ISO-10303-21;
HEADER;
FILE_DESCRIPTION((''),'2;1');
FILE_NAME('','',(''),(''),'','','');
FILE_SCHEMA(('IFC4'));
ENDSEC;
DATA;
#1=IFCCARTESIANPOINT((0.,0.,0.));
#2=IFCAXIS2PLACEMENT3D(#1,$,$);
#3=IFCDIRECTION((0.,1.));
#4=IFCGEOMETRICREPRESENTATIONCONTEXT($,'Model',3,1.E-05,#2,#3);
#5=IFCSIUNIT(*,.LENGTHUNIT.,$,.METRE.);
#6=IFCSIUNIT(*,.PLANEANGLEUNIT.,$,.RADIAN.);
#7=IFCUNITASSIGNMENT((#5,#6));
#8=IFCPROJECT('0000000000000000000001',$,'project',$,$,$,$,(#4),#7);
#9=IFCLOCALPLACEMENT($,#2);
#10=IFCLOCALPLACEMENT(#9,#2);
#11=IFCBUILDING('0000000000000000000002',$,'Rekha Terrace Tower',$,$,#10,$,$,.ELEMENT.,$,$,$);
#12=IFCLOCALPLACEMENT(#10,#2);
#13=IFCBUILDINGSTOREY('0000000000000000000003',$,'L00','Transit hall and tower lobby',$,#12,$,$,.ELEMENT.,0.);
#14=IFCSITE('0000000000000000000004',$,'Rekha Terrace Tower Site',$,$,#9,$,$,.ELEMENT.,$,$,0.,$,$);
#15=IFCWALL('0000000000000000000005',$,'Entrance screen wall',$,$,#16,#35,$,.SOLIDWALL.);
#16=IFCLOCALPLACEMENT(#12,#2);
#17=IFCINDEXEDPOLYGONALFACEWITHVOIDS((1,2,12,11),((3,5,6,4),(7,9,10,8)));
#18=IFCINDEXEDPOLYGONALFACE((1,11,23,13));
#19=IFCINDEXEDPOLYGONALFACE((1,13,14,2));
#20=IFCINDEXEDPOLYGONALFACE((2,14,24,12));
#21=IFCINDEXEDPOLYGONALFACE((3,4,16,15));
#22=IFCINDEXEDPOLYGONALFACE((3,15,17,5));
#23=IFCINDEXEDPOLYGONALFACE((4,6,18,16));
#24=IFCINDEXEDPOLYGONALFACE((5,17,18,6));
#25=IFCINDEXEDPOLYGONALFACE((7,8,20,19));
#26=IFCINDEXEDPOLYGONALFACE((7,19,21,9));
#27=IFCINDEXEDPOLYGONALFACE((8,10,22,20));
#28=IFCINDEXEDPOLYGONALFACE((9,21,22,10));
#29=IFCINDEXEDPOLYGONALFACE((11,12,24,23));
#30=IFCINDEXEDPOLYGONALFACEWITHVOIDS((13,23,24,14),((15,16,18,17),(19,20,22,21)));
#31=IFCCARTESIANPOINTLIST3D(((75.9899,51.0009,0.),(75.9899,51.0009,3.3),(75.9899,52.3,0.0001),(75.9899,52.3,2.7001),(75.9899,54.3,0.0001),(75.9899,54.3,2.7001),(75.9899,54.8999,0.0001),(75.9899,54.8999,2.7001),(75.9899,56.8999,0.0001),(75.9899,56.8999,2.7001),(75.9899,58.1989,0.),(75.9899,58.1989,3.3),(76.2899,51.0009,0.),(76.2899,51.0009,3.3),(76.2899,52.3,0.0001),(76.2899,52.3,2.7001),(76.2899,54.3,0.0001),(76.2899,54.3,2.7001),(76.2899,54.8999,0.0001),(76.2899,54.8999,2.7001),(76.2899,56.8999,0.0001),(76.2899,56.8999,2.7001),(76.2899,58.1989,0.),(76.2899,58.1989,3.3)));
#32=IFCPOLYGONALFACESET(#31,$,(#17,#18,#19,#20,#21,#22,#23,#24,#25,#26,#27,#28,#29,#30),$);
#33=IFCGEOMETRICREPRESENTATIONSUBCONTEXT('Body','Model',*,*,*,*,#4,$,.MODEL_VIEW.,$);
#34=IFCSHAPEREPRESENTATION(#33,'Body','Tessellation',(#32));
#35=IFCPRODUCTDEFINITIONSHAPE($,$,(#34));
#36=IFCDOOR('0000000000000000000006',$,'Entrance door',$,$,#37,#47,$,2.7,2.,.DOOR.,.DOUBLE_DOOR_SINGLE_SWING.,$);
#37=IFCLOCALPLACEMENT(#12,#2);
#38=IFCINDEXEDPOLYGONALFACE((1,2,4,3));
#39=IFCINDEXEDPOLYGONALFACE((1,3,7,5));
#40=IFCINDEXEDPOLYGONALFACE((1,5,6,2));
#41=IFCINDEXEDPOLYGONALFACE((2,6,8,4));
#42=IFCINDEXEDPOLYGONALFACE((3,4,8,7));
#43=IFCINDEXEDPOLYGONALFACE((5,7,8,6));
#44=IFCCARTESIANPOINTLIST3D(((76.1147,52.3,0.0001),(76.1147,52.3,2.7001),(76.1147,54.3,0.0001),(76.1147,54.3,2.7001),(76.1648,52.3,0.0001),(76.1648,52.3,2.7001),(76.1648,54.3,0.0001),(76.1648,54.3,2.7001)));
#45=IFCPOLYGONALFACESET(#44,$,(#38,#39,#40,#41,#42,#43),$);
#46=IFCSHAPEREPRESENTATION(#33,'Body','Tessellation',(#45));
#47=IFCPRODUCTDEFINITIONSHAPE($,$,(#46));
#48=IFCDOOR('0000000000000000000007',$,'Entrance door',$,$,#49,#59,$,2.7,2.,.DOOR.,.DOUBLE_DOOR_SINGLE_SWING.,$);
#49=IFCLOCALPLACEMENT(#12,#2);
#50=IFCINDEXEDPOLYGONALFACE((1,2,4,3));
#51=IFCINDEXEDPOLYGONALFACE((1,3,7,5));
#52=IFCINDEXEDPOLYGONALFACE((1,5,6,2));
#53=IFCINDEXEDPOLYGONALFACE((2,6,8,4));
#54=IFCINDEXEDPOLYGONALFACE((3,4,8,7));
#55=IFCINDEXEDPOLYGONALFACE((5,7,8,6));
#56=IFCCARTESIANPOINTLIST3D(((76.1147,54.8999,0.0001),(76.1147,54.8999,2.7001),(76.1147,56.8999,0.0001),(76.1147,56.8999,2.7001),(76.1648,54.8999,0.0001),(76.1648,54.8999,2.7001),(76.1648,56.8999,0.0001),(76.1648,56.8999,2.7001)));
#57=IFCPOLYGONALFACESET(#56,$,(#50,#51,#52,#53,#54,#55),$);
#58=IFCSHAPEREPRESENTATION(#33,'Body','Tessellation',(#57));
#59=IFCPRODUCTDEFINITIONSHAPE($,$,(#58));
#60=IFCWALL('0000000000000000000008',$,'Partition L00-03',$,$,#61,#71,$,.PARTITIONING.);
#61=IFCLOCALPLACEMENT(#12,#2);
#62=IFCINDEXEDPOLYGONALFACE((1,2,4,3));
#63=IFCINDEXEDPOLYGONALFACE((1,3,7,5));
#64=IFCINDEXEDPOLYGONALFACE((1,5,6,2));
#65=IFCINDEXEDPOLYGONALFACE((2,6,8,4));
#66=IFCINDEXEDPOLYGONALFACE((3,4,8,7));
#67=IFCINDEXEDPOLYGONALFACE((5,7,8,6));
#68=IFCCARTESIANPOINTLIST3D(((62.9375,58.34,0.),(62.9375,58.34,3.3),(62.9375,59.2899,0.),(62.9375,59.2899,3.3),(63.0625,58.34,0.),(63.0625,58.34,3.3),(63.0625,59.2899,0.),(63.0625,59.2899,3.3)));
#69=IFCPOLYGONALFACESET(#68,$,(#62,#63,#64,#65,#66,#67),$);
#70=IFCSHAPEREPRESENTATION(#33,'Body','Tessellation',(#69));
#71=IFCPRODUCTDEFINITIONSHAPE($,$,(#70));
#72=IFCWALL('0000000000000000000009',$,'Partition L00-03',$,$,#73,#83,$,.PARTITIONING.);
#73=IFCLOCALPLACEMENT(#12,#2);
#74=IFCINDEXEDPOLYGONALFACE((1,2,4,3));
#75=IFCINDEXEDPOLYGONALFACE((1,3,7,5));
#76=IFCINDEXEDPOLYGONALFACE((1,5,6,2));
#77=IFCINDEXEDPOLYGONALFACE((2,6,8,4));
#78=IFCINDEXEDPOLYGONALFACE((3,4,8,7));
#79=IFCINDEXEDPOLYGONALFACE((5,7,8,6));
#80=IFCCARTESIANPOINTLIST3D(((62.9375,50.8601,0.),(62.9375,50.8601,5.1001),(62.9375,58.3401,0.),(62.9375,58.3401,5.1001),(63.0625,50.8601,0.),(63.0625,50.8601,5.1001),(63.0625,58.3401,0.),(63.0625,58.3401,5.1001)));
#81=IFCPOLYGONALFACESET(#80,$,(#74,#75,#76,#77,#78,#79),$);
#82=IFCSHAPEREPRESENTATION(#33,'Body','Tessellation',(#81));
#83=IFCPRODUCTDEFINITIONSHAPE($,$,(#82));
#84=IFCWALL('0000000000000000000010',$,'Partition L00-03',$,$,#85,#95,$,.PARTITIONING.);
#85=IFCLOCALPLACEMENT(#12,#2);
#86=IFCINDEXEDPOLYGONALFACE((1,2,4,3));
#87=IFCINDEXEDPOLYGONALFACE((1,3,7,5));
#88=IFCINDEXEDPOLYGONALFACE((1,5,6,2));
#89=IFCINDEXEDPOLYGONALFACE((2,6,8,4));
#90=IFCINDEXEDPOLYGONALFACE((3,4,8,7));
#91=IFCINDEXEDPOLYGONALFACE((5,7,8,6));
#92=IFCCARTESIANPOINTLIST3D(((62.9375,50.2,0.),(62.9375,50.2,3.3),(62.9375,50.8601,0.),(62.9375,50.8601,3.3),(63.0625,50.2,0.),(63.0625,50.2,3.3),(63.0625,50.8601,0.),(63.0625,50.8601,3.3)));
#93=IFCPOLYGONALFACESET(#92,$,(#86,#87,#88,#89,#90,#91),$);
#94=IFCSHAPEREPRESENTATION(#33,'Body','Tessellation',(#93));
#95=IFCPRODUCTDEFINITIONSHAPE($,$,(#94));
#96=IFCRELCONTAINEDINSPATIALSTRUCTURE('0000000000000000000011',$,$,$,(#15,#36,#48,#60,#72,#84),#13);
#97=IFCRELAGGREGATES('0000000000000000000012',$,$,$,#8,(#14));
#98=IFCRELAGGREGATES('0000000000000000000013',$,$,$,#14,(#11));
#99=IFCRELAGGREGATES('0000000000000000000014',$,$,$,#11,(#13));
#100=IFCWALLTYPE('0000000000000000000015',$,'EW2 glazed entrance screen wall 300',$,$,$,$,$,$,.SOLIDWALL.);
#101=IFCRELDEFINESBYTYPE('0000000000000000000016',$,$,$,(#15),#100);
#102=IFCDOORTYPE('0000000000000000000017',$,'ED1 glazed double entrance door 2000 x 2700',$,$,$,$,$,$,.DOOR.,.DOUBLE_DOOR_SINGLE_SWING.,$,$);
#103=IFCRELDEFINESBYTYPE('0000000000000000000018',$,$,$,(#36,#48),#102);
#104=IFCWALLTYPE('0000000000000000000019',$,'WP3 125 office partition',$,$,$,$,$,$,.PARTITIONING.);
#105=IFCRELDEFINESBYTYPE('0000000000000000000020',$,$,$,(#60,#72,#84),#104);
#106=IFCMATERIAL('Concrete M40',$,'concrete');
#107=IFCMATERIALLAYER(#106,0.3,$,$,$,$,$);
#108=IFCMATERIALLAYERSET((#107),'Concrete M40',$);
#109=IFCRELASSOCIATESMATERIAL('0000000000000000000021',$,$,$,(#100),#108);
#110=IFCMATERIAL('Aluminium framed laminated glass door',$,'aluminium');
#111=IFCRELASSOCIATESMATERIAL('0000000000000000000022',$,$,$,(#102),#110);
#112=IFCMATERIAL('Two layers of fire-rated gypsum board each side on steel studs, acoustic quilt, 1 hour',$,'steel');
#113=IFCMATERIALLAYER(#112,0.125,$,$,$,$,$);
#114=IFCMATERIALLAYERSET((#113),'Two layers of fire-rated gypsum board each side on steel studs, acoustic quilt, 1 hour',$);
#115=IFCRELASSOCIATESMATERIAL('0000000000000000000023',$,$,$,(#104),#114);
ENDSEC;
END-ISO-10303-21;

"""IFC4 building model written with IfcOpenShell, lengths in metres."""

from ifc_helpers import new_model, si_unit, direction, frame, frame_2d, origin, place, context, subcontext, project, spatial, rectangle, extrude, material, layer, layer_set, type_object, element, fill, save


model = new_model("IFC4")

# Units and contexts
model_context = context("Model", 3, precision=1e-05, world=origin(), true_north=direction((0.0, 1.0)))
body_context = subcontext(model_context, "Body", "Model", "MODEL_VIEW")
ifc_project = project(units=[si_unit("LENGTHUNIT", "METRE"), si_unit("PLANEANGLEUNIT", "RADIAN")], contexts=[model_context])

# Site, building, storey
site_placement = place(None, origin())
site = spatial("IfcSite", under=ifc_project, at=site_placement, Name="Rekha Terrace Tower Site", CompositionType="ELEMENT", RefElevation=0.0)
building_placement = place(site_placement, origin())
building = spatial("IfcBuilding", under=site, at=building_placement, Name="Rekha Terrace Tower", CompositionType="ELEMENT")
storey_placement = place(building_placement, origin())
storey = spatial("IfcBuildingStorey", under=building, at=storey_placement, Name="L00", Description="Transit hall and tower lobby", CompositionType="ELEMENT", Elevation=0.0)

# Wall, openings, doors
ifc_material_1 = material(Name="Concrete M40", Category="concrete")
ifc_layer_1 = layer(ifc_material_1, 0.3)
ifc_layer_set_1 = layer_set([ifc_layer_1], Name="Concrete M40")
wall_type_1 = type_object("IfcWallType", Name="EW2 glazed entrance screen wall 300", PredefinedType="SOLIDWALL", material=ifc_layer_set_1)
wall_1_placement = place(storey_placement, frame((76.1399, 58.199, 0.0), z_axis=(0.0, 0.0, 1.0), x_axis=(0.0, -1.0, 0.0)))
wall_1 = element("IfcWall", 1, at=wall_1_placement, inside=storey, type_object=wall_type_1, Name="Entrance screen wall", PredefinedType="SOLIDWALL", context=body_context, shape_type="SweptSolid", body=[
    extrude(rectangle(XDim=7.198, YDim=0.3, at=frame_2d((3.5991, 0.0))), origin(), (0.0, 0.0, 1.0), 3.3),
])
opening_1_placement = place(wall_1_placement, frame((3.8989, 0.0, 0.0)))
opening_1 = element("IfcOpeningElement", 2, at=opening_1_placement, cuts=wall_1, PredefinedType="OPENING", context=body_context, shape_type="SweptSolid", body=[
    extrude(rectangle(XDim=2.0, YDim=2.7, at=frame_2d((1.0, 1.3501))), frame((0.0, 0.1599, 0.0), z_axis=(0.0, -1.0, 0.0), x_axis=(1.0, 0.0, 0.0)), (0.0, 0.0, 1.0), 0.3201),
])
opening_2_placement = place(wall_1_placement, frame((1.2991, 0.0, 0.0)))
opening_2 = element("IfcOpeningElement", 3, at=opening_2_placement, cuts=wall_1, PredefinedType="OPENING", context=body_context, shape_type="SweptSolid", body=[
    extrude(rectangle(XDim=2.0, YDim=2.7, at=frame_2d((1.0, 1.3501))), frame((0.0, 0.1599, 0.0), z_axis=(0.0, -1.0, 0.0), x_axis=(1.0, 0.0, 0.0)), (0.0, 0.0, 1.0), 0.3201),
])
ifc_material_2 = material(Name="Aluminium framed laminated glass door", Category="aluminium")
door_type = type_object("IfcDoorType", Name="ED1 glazed double entrance door 2000 x 2700", OperationType="DOUBLE_DOOR_SINGLE_SWING", PredefinedType="DOOR", material=ifc_material_2)
door_1_placement = place(opening_1_placement, origin())
door_1 = element("IfcDoor", 4, at=door_1_placement, inside=storey, type_object=door_type, Name="Entrance door", OperationType="DOUBLE_DOOR_SINGLE_SWING", OverallHeight=2.7, OverallWidth=2.0, PredefinedType="DOOR", context=body_context, shape_type="SweptSolid", body=[
    extrude(rectangle(XDim=2.0, YDim=2.7, at=frame_2d((1.0, 1.3501))), frame((0.0, 0.0249, 0.0), z_axis=(0.0, -1.0, 0.0), x_axis=(1.0, 0.0, 0.0)), (0.0, 0.0, 1.0), 0.05),
])
fill(opening_1, door_1)
door_2_placement = place(opening_2_placement, origin())
door_2 = element("IfcDoor", 5, at=door_2_placement, inside=storey, type_object=door_type, Name="Entrance door", OperationType="DOUBLE_DOOR_SINGLE_SWING", OverallHeight=2.7, OverallWidth=2.0, PredefinedType="DOOR", context=body_context, shape_type="SweptSolid", body=[
    extrude(rectangle(XDim=2.0, YDim=2.7, at=frame_2d((1.0, 1.3501))), frame((0.0, 0.0249, 0.0), z_axis=(0.0, -1.0, 0.0), x_axis=(1.0, 0.0, 0.0)), (0.0, 0.0, 1.0), 0.05),
])
fill(opening_2, door_2)

# Walls
ifc_material_3 = material(Name="Two layers of fire-rated gypsum board each side on steel studs, acoustic quilt, 1 hour", Category="steel")
ifc_layer_2 = layer(ifc_material_3, 0.125)
ifc_layer_set_2 = layer_set([ifc_layer_2], Name="Two layers of fire-rated gypsum board each side on steel studs, acoustic quilt, 1 hour")
wall_type_2 = type_object("IfcWallType", Name="WP3 125 office partition", PredefinedType="PARTITIONING", material=ifc_layer_set_2)
wall_2_placement = place(storey_placement, frame((63.0, 59.29, 0.0), z_axis=(0.0, 0.0, 1.0), x_axis=(0.0, -1.0, 0.0)))
element("IfcWall", 6, at=wall_2_placement, inside=storey, type_object=wall_type_2, Name="Partition L00-03", PredefinedType="PARTITIONING", context=body_context, shape_type="SweptSolid", body=[
    extrude(rectangle(XDim=0.95, YDim=0.125, at=frame_2d((0.4751, 0.0))), origin(), (0.0, 0.0, 1.0), 3.3),
])
wall_3_placement = place(storey_placement, frame((63.0, 58.3401, 0.0), z_axis=(0.0, 0.0, 1.0), x_axis=(0.0, -1.0, 0.0)))
element("IfcWall", 7, at=wall_3_placement, inside=storey, type_object=wall_type_2, Name="Partition L00-03", PredefinedType="PARTITIONING", context=body_context, shape_type="SweptSolid", body=[
    extrude(rectangle(XDim=7.48, YDim=0.125, at=frame_2d((3.74, 0.0))), origin(), (0.0, 0.0, 1.0), 5.1001),
])
wall_4_placement = place(storey_placement, frame((63.0, 50.8601, 0.0), z_axis=(0.0, 0.0, 1.0), x_axis=(0.0, -1.0, 0.0)))
element("IfcWall", 8, at=wall_4_placement, inside=storey, type_object=wall_type_2, Name="Partition L00-03", PredefinedType="PARTITIONING", context=body_context, shape_type="SweptSolid", body=[
    extrude(rectangle(XDim=0.6602, YDim=0.125, at=frame_2d((0.3301, 0.0))), origin(), (0.0, 0.0, 1.0), 3.3),
])

save(model, "model.ifc")
